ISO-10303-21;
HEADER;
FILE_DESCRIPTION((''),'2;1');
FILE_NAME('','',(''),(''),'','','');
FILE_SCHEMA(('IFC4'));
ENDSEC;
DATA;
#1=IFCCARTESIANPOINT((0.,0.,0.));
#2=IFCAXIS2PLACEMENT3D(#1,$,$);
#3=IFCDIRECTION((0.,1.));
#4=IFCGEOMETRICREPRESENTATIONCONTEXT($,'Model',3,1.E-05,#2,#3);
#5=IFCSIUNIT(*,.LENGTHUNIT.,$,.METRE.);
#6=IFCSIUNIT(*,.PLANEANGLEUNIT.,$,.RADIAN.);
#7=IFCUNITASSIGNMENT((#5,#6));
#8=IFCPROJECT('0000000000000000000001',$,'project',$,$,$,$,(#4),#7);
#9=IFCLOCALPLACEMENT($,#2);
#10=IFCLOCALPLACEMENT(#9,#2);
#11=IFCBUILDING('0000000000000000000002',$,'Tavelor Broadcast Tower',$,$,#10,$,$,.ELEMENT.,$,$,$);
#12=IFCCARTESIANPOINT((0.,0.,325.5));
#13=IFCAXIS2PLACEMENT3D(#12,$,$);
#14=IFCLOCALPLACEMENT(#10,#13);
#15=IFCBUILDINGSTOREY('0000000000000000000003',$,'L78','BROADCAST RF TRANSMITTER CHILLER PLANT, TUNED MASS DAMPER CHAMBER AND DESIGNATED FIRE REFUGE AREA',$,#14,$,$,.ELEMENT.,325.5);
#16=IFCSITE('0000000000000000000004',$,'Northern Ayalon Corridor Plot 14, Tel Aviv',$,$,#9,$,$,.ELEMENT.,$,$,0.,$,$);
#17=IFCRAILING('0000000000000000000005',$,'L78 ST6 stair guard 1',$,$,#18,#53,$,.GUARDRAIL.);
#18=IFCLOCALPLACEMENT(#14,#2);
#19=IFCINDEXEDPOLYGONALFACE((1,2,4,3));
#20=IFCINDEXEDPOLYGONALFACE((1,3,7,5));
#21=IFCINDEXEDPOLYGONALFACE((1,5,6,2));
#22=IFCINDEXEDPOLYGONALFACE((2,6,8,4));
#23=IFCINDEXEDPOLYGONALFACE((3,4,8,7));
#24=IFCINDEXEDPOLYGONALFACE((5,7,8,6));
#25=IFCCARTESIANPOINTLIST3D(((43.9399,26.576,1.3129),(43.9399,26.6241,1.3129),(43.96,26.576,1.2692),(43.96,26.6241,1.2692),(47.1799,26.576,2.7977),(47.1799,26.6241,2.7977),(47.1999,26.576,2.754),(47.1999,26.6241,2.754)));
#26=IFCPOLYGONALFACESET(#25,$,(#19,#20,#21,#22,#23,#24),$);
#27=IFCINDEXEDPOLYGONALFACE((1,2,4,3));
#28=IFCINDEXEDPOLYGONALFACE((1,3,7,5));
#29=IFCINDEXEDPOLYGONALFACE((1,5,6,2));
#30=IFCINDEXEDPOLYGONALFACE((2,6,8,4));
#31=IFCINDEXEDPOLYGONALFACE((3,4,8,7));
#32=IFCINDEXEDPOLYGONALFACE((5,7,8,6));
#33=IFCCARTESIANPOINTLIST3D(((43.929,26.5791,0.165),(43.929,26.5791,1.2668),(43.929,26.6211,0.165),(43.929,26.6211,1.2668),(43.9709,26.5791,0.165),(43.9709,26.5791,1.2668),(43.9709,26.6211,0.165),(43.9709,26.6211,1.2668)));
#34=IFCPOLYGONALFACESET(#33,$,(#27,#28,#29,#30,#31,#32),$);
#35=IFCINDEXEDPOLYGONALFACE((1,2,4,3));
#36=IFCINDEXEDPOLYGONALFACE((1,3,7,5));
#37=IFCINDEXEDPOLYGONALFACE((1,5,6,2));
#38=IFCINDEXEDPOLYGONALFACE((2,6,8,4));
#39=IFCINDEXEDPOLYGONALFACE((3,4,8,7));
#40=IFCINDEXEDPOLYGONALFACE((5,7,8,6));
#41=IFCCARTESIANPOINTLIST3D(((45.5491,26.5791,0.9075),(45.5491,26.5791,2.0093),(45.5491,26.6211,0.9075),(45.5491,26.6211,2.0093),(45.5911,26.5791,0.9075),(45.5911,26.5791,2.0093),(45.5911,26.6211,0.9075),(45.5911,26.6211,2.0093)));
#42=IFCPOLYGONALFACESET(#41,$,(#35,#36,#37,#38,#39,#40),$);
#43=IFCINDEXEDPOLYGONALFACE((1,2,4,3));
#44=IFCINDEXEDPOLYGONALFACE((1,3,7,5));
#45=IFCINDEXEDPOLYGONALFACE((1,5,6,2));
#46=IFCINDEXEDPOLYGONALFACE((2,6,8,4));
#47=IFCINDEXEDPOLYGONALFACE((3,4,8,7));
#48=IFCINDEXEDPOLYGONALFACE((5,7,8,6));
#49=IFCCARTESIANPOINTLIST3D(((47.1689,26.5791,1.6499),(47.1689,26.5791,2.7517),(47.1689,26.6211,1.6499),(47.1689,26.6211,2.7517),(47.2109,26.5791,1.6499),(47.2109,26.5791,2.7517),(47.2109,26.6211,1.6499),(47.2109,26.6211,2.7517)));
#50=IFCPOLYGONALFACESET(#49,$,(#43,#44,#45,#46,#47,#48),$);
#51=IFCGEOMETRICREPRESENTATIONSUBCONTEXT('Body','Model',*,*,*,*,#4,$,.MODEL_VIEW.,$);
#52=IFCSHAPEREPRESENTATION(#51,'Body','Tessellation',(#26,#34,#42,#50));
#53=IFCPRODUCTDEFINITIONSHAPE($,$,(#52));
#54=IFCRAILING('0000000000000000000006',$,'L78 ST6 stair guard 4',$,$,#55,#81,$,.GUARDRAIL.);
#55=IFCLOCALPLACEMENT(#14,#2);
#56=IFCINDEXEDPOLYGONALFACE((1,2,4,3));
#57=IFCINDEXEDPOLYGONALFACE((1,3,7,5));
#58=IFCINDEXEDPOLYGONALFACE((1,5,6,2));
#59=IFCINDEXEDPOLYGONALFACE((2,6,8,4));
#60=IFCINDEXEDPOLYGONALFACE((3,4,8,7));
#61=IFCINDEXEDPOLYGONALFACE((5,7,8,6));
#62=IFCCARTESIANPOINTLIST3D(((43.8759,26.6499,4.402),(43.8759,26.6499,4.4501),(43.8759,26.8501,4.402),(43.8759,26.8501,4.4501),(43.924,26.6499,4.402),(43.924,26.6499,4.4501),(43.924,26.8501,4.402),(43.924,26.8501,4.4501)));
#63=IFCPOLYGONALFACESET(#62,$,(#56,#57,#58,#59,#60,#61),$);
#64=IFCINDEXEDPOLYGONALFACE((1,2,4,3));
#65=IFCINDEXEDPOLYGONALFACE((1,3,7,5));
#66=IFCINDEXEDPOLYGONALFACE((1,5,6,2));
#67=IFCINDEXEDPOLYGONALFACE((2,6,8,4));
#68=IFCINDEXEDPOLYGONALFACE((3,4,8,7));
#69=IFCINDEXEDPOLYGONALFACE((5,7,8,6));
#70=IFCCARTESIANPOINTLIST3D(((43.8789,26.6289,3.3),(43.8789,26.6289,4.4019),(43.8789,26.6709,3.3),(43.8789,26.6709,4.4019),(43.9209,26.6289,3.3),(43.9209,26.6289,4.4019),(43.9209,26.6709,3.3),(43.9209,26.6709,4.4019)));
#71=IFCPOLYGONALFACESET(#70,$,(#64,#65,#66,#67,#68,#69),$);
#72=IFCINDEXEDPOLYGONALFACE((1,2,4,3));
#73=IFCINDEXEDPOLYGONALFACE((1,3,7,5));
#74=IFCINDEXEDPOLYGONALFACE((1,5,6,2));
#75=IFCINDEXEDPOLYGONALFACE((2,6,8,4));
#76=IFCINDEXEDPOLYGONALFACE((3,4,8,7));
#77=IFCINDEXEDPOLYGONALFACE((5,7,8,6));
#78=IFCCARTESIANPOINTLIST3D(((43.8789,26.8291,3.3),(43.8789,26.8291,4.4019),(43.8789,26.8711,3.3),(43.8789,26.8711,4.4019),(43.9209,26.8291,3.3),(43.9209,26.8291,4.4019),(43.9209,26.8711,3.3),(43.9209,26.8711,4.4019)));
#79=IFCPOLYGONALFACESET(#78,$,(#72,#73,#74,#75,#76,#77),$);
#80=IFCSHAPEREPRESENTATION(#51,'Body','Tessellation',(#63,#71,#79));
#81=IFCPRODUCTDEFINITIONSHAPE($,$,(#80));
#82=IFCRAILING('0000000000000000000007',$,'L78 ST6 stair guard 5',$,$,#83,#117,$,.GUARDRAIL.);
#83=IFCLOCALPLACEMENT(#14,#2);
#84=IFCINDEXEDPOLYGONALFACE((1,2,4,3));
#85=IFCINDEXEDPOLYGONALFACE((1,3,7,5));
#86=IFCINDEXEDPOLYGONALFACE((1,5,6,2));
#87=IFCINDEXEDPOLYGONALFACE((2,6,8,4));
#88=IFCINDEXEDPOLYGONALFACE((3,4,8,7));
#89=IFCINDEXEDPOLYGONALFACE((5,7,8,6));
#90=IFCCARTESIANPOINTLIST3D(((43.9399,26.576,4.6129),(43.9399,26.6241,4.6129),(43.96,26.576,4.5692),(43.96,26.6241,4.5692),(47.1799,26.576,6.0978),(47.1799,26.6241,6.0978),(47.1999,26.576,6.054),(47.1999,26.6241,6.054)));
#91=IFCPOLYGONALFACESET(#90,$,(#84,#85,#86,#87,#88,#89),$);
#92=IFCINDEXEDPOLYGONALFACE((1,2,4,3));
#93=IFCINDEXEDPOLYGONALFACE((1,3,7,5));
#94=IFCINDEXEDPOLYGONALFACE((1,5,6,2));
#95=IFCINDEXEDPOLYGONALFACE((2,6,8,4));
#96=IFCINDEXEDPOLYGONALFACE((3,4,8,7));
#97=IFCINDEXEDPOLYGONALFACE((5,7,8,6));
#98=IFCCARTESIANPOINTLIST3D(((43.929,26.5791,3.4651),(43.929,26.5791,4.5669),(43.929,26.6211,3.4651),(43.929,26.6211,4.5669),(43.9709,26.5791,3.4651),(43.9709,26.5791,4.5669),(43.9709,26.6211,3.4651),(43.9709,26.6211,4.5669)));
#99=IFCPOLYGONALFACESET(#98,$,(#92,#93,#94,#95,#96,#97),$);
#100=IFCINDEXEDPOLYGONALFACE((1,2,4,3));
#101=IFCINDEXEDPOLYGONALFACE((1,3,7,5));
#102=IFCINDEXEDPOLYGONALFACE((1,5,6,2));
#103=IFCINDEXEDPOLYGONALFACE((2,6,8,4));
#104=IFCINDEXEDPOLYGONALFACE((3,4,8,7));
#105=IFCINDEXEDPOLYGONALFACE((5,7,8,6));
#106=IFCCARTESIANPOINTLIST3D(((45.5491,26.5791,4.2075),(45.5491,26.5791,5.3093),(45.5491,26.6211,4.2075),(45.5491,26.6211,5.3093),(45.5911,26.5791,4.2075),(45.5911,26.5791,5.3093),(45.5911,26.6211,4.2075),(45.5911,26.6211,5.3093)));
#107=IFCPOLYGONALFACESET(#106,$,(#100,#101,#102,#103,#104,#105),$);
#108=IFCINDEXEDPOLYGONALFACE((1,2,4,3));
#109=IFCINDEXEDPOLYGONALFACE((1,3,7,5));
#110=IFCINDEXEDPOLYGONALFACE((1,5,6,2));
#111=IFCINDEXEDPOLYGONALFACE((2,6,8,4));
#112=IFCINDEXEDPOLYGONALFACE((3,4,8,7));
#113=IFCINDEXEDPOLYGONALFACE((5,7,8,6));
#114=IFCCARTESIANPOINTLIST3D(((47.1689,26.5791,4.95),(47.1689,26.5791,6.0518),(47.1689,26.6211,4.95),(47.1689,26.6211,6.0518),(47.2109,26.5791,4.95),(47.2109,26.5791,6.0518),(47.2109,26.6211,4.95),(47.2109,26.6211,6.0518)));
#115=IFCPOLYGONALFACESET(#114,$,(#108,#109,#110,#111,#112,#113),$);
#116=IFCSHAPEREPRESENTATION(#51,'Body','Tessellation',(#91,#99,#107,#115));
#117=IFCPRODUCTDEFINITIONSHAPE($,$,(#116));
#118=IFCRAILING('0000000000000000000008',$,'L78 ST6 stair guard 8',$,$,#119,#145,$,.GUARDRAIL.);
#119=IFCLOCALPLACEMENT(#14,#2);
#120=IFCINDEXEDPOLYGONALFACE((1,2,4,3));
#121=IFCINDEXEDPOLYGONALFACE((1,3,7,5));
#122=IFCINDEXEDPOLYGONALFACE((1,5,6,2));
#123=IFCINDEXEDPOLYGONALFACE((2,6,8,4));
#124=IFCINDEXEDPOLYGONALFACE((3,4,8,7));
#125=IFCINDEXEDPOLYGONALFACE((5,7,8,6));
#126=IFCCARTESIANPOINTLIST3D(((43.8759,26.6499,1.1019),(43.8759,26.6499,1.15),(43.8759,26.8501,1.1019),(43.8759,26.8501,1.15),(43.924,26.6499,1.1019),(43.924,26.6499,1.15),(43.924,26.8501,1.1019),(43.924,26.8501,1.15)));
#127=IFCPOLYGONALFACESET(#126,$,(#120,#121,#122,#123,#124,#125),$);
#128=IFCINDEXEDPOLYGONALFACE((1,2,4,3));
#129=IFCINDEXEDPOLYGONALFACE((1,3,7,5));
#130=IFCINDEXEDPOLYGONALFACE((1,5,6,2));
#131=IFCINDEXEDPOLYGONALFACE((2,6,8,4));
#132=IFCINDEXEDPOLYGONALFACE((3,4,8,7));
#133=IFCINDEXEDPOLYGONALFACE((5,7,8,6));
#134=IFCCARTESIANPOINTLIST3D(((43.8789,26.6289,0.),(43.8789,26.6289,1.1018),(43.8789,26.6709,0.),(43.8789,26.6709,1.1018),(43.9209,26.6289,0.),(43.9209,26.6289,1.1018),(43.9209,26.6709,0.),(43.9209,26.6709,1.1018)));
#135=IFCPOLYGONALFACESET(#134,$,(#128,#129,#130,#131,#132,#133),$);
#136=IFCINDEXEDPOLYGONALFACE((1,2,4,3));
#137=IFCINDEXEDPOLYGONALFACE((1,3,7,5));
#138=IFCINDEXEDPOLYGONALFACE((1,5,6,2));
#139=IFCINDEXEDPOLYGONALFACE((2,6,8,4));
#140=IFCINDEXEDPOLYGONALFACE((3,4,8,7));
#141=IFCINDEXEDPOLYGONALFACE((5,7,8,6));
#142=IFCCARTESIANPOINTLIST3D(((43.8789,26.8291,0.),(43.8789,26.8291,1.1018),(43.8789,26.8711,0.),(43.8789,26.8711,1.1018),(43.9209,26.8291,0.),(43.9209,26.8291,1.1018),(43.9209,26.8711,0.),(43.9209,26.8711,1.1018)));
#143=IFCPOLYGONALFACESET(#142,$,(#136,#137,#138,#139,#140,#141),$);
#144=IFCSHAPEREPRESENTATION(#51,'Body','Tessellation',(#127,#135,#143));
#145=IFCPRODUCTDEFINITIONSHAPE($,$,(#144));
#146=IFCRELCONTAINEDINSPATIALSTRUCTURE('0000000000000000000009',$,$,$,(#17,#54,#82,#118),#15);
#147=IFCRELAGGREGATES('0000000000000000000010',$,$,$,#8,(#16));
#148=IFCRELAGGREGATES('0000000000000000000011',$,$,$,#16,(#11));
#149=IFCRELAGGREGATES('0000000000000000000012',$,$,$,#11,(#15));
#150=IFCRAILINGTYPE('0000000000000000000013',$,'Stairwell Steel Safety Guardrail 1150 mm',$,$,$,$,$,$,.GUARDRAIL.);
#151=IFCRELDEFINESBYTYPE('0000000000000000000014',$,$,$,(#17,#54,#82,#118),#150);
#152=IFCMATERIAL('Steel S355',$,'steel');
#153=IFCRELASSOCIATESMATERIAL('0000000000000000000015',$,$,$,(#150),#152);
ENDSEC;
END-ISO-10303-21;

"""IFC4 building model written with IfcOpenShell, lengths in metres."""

from ifc_helpers import new_model, si_unit, direction, frame, origin, origin_2d, place, context, subcontext, project, spatial, rectangle, extrude, material, type_object, element, save


model = new_model("IFC4")

# Units and contexts
model_context = context("Model", 3, precision=1e-05, world=origin(), true_north=direction((0.0, 1.0)))
body_context = subcontext(model_context, "Body", "Model", "MODEL_VIEW")
ifc_project = project(units=[si_unit("LENGTHUNIT", "METRE"), si_unit("PLANEANGLEUNIT", "RADIAN")], contexts=[model_context])

# Site, building, storey
site_placement = place(None, origin())
site = spatial("IfcSite", under=ifc_project, at=site_placement, Name="Northern Ayalon Corridor Plot 14, Tel Aviv", CompositionType="ELEMENT", RefElevation=0.0)
building_placement = place(site_placement, origin())
building = spatial("IfcBuilding", under=site, at=building_placement, Name="Tavelor Broadcast Tower", CompositionType="ELEMENT")
storey_placement = place(building_placement, frame((0.0, 0.0, 325.5)))
storey = spatial("IfcBuildingStorey", under=building, at=storey_placement, Name="L78", Description="BROADCAST RF TRANSMITTER CHILLER PLANT, TUNED MASS DAMPER CHAMBER AND DESIGNATED FIRE REFUGE AREA", CompositionType="ELEMENT", Elevation=325.5)

# Shared definitions
ifc_material_1 = material(Name="Steel S355", Category="steel")

# Railings
railing_type_1 = type_object("IfcRailingType", Name="Stairwell Steel Safety Guardrail 1150 mm", PredefinedType="GUARDRAIL", material=ifc_material_1)
railing_1_placement = place(storey_placement, frame((43.95, 26.6001, 0.165)))
element("IfcRailing", 1, at=railing_1_placement, inside=storey, type_object=railing_type_1, Name="L78 ST6 stair guard 1", PredefinedType="GUARDRAIL", context=body_context, shape_type="SweptSolid", body=[
    extrude(rectangle(XDim=0.0481, YDim=0.0481, at=origin_2d()), frame((0.0, 0.0, 1.126), z_axis=(0.909079, 0.0, 0.416624), x_axis=(0.0, 1.0, 0.0)), (0.0, 0.0, 1.0), 3.564),
    extrude(rectangle(XDim=0.042, YDim=0.042, at=origin_2d()), origin(), (0.0, 0.0, 1.0), 1.1018),
    extrude(rectangle(XDim=0.042, YDim=0.042, at=origin_2d()), frame((1.6201, 0.0, 0.7424)), (0.0, 0.0, 1.0), 1.1018),
    extrude(rectangle(XDim=0.042, YDim=0.042, at=origin_2d()), frame((3.24, 0.0, 1.4849)), (0.0, 0.0, 1.0), 1.1018),
])
railing_2_placement = place(storey_placement, frame((43.8999, 26.6499, 3.3)))
element("IfcRailing", 2, at=railing_2_placement, inside=storey, type_object=railing_type_1, Name="L78 ST6 stair guard 4", PredefinedType="GUARDRAIL", context=body_context, shape_type="SweptSolid", body=[
    extrude(rectangle(XDim=0.0481, YDim=0.0481, at=origin_2d()), frame((0.0, 0.0, 1.126), z_axis=(0.0, 1.0, 0.0), x_axis=(-1.0, 0.0, 0.0)), (0.0, 0.0, 1.0), 0.2002),
    extrude(rectangle(XDim=0.042, YDim=0.042, at=origin_2d()), origin(), (0.0, 0.0, 1.0), 1.1018),
    extrude(rectangle(XDim=0.042, YDim=0.042, at=origin_2d()), frame((0.0, 0.2002, 0.0)), (0.0, 0.0, 1.0), 1.1018),
])
railing_3_placement = place(storey_placement, frame((43.95, 26.6001, 3.4651)))
element("IfcRailing", 3, at=railing_3_placement, inside=storey, type_object=railing_type_1, Name="L78 ST6 stair guard 5", PredefinedType="GUARDRAIL", context=body_context, shape_type="SweptSolid", body=[
    extrude(rectangle(XDim=0.0481, YDim=0.0481, at=origin_2d()), frame((0.0, 0.0, 1.126), z_axis=(0.909079, 0.0, 0.416624), x_axis=(0.0, 1.0, 0.0)), (0.0, 0.0, 1.0), 3.564),
    extrude(rectangle(XDim=0.042, YDim=0.042, at=origin_2d()), origin(), (0.0, 0.0, 1.0), 1.1018),
    extrude(rectangle(XDim=0.042, YDim=0.042, at=origin_2d()), frame((1.6201, 0.0, 0.7424)), (0.0, 0.0, 1.0), 1.1018),
    extrude(rectangle(XDim=0.042, YDim=0.042, at=origin_2d()), frame((3.24, 0.0, 1.4849)), (0.0, 0.0, 1.0), 1.1018),
])
railing_4_placement = place(storey_placement, frame((43.8999, 26.6499, 0.0)))
element("IfcRailing", 4, at=railing_4_placement, inside=storey, type_object=railing_type_1, Name="L78 ST6 stair guard 8", PredefinedType="GUARDRAIL", context=body_context, shape_type="SweptSolid", body=[
    extrude(rectangle(XDim=0.0481, YDim=0.0481, at=origin_2d()), frame((0.0, 0.0, 1.126), z_axis=(0.0, 1.0, 0.0), x_axis=(-1.0, 0.0, 0.0)), (0.0, 0.0, 1.0), 0.2002),
    extrude(rectangle(XDim=0.042, YDim=0.042, at=origin_2d()), origin(), (0.0, 0.0, 1.0), 1.1018),
    extrude(rectangle(XDim=0.042, YDim=0.042, at=origin_2d()), frame((0.0, 0.2002, 0.0)), (0.0, 0.0, 1.0), 1.1018),
])

save(model, "model.ifc")
